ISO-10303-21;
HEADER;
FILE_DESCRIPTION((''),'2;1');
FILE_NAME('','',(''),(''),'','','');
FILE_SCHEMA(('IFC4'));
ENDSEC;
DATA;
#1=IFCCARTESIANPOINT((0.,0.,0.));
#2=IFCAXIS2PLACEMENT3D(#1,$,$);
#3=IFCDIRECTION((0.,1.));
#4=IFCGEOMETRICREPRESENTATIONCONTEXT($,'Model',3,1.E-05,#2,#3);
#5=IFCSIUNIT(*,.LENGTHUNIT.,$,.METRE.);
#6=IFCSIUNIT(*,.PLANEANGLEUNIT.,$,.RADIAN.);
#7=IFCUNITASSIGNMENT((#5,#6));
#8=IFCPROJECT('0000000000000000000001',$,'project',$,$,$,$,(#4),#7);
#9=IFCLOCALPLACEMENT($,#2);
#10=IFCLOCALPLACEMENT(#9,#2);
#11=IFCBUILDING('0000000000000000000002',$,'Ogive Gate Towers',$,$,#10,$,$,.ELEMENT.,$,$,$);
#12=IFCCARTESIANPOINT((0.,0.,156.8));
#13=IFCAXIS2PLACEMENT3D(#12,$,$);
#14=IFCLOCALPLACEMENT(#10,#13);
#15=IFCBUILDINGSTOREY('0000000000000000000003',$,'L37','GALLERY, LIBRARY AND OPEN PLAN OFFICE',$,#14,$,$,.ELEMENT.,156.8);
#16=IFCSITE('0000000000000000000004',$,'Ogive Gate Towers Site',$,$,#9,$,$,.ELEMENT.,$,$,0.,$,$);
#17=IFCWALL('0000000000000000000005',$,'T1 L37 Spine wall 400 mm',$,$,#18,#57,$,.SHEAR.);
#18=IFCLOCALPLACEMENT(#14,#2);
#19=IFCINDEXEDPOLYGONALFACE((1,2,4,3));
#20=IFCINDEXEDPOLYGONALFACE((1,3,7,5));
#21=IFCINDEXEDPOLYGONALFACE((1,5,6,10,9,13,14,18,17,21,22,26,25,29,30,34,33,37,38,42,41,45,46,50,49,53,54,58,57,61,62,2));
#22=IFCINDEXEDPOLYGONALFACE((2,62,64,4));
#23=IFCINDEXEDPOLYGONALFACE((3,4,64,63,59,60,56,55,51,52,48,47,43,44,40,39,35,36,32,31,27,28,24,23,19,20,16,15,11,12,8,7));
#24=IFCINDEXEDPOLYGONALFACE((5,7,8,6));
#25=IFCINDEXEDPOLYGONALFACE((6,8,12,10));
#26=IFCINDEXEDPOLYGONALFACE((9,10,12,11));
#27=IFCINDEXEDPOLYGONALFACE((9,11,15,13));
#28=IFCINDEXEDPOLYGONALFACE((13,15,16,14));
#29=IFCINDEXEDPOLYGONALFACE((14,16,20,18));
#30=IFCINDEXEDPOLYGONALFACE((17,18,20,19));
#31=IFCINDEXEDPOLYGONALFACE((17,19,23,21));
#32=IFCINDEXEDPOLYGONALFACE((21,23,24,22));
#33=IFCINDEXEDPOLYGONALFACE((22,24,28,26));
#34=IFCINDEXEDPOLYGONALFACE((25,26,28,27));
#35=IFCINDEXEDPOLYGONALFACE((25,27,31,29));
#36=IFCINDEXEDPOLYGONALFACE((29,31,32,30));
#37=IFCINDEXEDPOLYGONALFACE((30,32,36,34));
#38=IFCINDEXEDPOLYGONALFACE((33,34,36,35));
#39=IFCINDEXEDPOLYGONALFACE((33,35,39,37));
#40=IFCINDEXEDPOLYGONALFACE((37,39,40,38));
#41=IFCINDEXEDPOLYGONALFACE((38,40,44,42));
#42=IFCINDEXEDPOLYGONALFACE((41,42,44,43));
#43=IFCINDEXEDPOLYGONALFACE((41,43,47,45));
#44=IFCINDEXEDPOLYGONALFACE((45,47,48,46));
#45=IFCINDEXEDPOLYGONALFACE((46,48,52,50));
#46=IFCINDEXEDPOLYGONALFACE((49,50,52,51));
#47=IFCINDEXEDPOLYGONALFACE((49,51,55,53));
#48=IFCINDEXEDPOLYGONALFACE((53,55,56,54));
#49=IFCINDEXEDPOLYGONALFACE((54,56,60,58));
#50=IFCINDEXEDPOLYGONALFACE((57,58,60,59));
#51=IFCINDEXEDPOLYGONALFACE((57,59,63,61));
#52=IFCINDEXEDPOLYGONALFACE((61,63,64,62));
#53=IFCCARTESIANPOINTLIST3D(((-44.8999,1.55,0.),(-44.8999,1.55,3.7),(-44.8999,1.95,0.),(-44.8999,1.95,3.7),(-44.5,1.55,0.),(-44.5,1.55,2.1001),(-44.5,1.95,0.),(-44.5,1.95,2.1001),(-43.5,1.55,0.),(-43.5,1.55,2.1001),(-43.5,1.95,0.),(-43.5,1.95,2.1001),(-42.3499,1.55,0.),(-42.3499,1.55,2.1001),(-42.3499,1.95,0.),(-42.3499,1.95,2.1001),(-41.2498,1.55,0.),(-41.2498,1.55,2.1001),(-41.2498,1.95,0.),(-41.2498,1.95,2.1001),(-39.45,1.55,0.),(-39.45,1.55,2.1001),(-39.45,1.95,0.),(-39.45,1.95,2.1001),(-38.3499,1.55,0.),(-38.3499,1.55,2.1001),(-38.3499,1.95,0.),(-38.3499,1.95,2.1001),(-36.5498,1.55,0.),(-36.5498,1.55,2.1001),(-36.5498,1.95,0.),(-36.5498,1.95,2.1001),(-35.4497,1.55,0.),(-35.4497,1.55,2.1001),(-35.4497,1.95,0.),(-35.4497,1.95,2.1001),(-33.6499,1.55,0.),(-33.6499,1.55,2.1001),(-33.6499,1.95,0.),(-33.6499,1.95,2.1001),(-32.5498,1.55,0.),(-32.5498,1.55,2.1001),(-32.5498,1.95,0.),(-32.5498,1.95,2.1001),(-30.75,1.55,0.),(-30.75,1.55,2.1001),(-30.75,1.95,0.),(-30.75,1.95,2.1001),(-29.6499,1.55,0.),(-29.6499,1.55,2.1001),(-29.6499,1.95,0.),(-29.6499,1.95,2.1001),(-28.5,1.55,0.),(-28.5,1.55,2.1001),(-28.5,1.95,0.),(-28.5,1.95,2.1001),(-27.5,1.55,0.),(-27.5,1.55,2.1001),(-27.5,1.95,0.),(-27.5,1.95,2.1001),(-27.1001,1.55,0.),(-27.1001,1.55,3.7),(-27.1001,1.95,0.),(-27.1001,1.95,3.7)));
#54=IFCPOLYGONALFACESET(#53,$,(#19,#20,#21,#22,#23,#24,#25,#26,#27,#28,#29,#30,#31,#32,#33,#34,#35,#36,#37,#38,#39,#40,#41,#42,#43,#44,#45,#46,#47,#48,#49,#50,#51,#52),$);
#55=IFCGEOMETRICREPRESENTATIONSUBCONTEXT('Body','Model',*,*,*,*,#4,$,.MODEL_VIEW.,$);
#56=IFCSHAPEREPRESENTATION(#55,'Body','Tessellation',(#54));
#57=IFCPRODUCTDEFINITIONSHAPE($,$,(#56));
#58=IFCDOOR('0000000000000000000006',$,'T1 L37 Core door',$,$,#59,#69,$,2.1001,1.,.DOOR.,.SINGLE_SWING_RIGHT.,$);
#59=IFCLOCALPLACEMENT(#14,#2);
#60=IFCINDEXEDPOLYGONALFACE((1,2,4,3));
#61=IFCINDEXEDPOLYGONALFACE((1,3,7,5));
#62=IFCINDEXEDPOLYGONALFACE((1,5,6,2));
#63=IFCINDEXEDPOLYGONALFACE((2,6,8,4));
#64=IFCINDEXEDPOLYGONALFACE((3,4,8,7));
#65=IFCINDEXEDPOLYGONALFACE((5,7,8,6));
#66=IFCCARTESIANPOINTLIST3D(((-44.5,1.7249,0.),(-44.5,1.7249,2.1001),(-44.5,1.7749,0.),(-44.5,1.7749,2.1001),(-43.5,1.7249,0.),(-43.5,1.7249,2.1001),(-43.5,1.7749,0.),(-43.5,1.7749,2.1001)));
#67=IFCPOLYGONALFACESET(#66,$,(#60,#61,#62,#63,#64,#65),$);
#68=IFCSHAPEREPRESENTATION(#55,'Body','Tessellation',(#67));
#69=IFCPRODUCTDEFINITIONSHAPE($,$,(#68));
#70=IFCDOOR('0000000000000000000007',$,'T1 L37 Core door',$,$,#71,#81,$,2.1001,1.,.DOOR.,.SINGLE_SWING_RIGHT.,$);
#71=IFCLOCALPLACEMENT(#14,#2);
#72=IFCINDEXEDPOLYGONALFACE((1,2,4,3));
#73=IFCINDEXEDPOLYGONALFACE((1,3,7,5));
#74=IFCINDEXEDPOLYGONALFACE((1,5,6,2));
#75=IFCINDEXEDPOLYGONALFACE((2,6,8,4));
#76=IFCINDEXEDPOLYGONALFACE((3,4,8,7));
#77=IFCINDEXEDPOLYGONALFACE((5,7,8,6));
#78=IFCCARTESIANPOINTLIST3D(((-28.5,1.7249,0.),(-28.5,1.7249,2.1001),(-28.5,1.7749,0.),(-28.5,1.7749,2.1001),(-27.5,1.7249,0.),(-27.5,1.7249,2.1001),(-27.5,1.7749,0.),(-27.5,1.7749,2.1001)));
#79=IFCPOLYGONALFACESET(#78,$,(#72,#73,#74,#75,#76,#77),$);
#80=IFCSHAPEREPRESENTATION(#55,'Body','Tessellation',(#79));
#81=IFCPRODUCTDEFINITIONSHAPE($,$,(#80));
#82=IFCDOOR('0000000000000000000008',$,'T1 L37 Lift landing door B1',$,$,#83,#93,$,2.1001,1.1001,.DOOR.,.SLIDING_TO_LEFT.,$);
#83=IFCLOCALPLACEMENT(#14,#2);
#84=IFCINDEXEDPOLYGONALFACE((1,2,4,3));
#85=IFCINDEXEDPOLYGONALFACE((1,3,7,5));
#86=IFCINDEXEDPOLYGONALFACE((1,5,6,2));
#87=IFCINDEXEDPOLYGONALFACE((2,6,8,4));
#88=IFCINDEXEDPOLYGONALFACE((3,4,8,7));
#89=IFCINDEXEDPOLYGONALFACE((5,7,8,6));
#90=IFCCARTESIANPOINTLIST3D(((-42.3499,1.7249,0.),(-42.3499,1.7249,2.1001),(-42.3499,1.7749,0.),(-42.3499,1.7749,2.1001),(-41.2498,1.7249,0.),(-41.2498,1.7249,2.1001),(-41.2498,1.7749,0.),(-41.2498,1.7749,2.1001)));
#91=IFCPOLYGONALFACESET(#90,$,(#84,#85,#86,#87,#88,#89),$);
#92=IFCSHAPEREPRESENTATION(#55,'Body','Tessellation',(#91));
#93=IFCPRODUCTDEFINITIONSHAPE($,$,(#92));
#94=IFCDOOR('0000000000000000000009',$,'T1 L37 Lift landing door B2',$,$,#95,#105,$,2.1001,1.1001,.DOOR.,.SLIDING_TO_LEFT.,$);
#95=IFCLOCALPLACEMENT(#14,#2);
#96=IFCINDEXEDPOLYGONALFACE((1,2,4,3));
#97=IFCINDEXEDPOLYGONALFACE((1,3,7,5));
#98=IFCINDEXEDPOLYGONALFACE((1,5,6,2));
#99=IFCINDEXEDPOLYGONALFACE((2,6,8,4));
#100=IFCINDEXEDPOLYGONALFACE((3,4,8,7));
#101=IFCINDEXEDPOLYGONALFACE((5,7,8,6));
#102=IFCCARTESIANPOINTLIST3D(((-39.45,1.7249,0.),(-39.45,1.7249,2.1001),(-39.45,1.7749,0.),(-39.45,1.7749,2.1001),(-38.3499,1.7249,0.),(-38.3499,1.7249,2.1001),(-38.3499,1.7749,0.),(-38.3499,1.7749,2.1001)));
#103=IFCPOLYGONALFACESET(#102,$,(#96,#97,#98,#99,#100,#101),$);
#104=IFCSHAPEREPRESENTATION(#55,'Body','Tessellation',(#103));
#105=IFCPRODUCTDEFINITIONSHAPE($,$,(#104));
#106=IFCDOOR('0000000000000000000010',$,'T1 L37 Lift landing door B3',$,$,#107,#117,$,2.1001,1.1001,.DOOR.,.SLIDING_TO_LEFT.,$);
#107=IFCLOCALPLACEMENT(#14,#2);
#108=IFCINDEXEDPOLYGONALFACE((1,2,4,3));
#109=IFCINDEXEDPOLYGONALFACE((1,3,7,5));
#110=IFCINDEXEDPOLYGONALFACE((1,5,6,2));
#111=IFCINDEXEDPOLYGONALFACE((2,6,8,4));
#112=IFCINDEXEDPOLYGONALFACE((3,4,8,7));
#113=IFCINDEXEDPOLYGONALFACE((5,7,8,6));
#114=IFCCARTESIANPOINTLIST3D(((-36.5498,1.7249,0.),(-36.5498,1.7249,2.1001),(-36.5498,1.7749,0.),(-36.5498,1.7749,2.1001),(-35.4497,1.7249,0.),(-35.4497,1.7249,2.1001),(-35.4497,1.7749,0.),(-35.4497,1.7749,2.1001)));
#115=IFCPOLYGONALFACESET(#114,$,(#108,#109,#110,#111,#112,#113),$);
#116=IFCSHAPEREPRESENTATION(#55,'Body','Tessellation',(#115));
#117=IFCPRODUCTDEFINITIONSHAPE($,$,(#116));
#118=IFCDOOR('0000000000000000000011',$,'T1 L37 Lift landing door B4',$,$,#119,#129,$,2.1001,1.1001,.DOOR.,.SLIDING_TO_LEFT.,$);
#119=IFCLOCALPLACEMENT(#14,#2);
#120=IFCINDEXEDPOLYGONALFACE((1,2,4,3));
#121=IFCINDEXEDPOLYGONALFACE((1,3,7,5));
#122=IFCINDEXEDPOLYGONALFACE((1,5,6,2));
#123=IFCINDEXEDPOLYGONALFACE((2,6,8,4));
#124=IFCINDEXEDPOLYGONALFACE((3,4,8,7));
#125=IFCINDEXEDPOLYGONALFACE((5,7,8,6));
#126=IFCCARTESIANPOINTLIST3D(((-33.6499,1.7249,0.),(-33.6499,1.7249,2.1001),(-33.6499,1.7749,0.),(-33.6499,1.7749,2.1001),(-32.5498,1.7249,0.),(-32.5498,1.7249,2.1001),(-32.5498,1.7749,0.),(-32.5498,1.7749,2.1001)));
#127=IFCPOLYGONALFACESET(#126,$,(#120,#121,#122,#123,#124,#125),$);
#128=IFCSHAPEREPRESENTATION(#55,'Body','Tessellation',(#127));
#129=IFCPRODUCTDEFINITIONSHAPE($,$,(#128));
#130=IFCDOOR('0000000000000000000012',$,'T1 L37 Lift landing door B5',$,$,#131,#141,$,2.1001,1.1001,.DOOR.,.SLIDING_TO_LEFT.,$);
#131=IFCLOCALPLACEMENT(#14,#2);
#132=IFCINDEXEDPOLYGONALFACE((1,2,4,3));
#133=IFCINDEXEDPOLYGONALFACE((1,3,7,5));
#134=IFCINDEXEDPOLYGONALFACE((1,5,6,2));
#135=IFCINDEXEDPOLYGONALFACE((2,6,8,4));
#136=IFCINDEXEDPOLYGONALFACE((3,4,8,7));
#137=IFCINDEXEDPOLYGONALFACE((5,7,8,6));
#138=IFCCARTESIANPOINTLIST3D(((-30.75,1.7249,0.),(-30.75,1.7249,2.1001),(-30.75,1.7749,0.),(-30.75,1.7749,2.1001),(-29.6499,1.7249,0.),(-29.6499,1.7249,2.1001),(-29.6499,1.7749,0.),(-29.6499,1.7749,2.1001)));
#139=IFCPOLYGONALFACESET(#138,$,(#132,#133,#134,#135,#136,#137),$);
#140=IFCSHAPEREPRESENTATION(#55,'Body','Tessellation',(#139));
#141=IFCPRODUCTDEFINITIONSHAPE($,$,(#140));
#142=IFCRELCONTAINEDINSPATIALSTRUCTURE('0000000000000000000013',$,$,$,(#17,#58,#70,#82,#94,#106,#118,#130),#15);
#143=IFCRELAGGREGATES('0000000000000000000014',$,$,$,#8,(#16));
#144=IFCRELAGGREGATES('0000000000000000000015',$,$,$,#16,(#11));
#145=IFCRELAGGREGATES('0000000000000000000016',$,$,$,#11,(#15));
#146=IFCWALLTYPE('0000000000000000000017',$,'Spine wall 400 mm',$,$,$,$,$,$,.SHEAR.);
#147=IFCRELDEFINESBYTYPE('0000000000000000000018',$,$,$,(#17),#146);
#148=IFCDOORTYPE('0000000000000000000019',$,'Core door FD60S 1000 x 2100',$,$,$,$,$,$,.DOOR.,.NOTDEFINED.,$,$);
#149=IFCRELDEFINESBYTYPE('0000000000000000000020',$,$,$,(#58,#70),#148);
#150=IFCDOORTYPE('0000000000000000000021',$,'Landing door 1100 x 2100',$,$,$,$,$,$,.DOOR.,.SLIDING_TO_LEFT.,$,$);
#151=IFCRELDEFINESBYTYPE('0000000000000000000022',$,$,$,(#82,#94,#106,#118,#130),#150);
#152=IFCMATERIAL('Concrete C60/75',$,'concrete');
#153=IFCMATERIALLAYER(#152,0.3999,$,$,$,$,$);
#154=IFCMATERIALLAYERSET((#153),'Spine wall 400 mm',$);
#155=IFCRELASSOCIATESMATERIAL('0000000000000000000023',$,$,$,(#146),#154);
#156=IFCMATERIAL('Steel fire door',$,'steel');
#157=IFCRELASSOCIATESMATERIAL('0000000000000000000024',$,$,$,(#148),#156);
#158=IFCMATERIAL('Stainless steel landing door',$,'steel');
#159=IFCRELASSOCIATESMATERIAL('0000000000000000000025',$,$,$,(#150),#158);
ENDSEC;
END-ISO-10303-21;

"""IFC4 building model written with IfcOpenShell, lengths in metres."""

from ifc_helpers import new_model, si_unit, direction, frame, frame_2d, origin, place, context, subcontext, project, spatial, rectangle, extrude, material, layer, layer_set, type_object, element, fill, save


model = new_model("IFC4")

# Units and contexts
model_context = context("Model", 3, precision=1e-05, world=origin(), true_north=direction((0.0, 1.0)))
body_context = subcontext(model_context, "Body", "Model", "MODEL_VIEW")
ifc_project = project(units=[si_unit("LENGTHUNIT", "METRE"), si_unit("PLANEANGLEUNIT", "RADIAN")], contexts=[model_context])

# Site, building, storey
site_placement = place(None, origin())
site = spatial("IfcSite", under=ifc_project, at=site_placement, Name="Ogive Gate Towers Site", CompositionType="ELEMENT", RefElevation=0.0)
building_placement = place(site_placement, origin())
building = spatial("IfcBuilding", under=site, at=building_placement, Name="Ogive Gate Towers", CompositionType="ELEMENT")
storey_placement = place(building_placement, frame((0.0, 0.0, 156.8)))
storey = spatial("IfcBuildingStorey", under=building, at=storey_placement, Name="L37", Description="GALLERY, LIBRARY AND OPEN PLAN OFFICE", CompositionType="ELEMENT", Elevation=156.8)

# Wall, openings, doors
ifc_material_1 = material(Name="Concrete C60/75", Category="concrete")
ifc_layer_1 = layer(ifc_material_1, 0.3999)
ifc_layer_set_1 = layer_set([ifc_layer_1], Name="Spine wall 400 mm")
wall_type_1 = type_object("IfcWallType", Name="Spine wall 400 mm", PredefinedType="SHEAR", material=ifc_layer_set_1)
wall_1_placement = place(storey_placement, frame((-44.8999, 1.75, 0.0), z_axis=(0.0, 0.0, 1.0), x_axis=(1.0, 0.0, 0.0)))
wall_1 = element("IfcWall", 1, at=wall_1_placement, inside=storey, type_object=wall_type_1, Name="T1 L37 Spine wall 400 mm", PredefinedType="SHEAR", context=body_context, shape_type="SweptSolid", body=[
    extrude(rectangle(XDim=17.7998, YDim=0.3999, at=frame_2d((8.8999, 0.0))), origin(), (0.0, 0.0, 1.0), 3.7),
])
opening_1_placement = place(wall_1_placement, frame((0.3999, 0.0, 0.0)))
opening_1 = element("IfcOpeningElement", 2, at=opening_1_placement, cuts=wall_1, PredefinedType="OPENING", context=body_context, shape_type="SweptSolid", body=[
    extrude(rectangle(XDim=1.0, YDim=2.1001, at=frame_2d((0.5, 1.05))), frame((0.0, 0.21, 0.0), z_axis=(0.0, -1.0, 0.0), x_axis=(1.0, 0.0, 0.0)), (0.0, 0.0, 1.0), 0.4199),
])
opening_2_placement = place(wall_1_placement, frame((2.55, 0.0, 0.0)))
opening_2 = element("IfcOpeningElement", 3, at=opening_2_placement, cuts=wall_1, PredefinedType="OPENING", context=body_context, shape_type="SweptSolid", body=[
    extrude(rectangle(XDim=1.1001, YDim=2.1001, at=frame_2d((0.55, 1.05))), frame((0.0, 0.21, 0.0), z_axis=(0.0, -1.0, 0.0), x_axis=(1.0, 0.0, 0.0)), (0.0, 0.0, 1.0), 0.4199),
])
opening_3_placement = place(wall_1_placement, frame((5.45, 0.0, 0.0)))
opening_3 = element("IfcOpeningElement", 4, at=opening_3_placement, cuts=wall_1, PredefinedType="OPENING", context=body_context, shape_type="SweptSolid", body=[
    extrude(rectangle(XDim=1.1001, YDim=2.1001, at=frame_2d((0.55, 1.05))), frame((0.0, 0.21, 0.0), z_axis=(0.0, -1.0, 0.0), x_axis=(1.0, 0.0, 0.0)), (0.0, 0.0, 1.0), 0.4199),
])
opening_4_placement = place(wall_1_placement, frame((8.3501, 0.0, 0.0)))
opening_4 = element("IfcOpeningElement", 5, at=opening_4_placement, cuts=wall_1, PredefinedType="OPENING", context=body_context, shape_type="SweptSolid", body=[
    extrude(rectangle(XDim=1.1001, YDim=2.1001, at=frame_2d((0.55, 1.05))), frame((0.0, 0.21, 0.0), z_axis=(0.0, -1.0, 0.0), x_axis=(1.0, 0.0, 0.0)), (0.0, 0.0, 1.0), 0.4199),
])
opening_5_placement = place(wall_1_placement, frame((11.25, 0.0, 0.0)))
opening_5 = element("IfcOpeningElement", 6, at=opening_5_placement, cuts=wall_1, PredefinedType="OPENING", context=body_context, shape_type="SweptSolid", body=[
    extrude(rectangle(XDim=1.1001, YDim=2.1001, at=frame_2d((0.55, 1.05))), frame((0.0, 0.21, 0.0), z_axis=(0.0, -1.0, 0.0), x_axis=(1.0, 0.0, 0.0)), (0.0, 0.0, 1.0), 0.4199),
])
opening_6_placement = place(wall_1_placement, frame((14.1499, 0.0, 0.0)))
opening_6 = element("IfcOpeningElement", 7, at=opening_6_placement, cuts=wall_1, PredefinedType="OPENING", context=body_context, shape_type="SweptSolid", body=[
    extrude(rectangle(XDim=1.1001, YDim=2.1001, at=frame_2d((0.55, 1.05))), frame((0.0, 0.21, 0.0), z_axis=(0.0, -1.0, 0.0), x_axis=(1.0, 0.0, 0.0)), (0.0, 0.0, 1.0), 0.4199),
])
opening_7_placement = place(wall_1_placement, frame((16.3999, 0.0, 0.0)))
opening_7 = element("IfcOpeningElement", 8, at=opening_7_placement, cuts=wall_1, PredefinedType="OPENING", context=body_context, shape_type="SweptSolid", body=[
    extrude(rectangle(XDim=1.0, YDim=2.1001, at=frame_2d((0.5, 1.05))), frame((0.0, 0.21, 0.0), z_axis=(0.0, -1.0, 0.0), x_axis=(1.0, 0.0, 0.0)), (0.0, 0.0, 1.0), 0.4199),
])
ifc_material_2 = material(Name="Steel fire door", Category="steel")
door_type_1 = type_object("IfcDoorType", Name="Core door FD60S 1000 x 2100", OperationType="NOTDEFINED", PredefinedType="DOOR", material=ifc_material_2)
door_1_placement = place(opening_1_placement, origin())
door_1 = element("IfcDoor", 9, at=door_1_placement, inside=storey, type_object=door_type_1, Name="T1 L37 Core door", OperationType="SINGLE_SWING_RIGHT", OverallHeight=2.1001, OverallWidth=1.0, PredefinedType="DOOR", context=body_context, shape_type="SweptSolid", body=[
    extrude(rectangle(XDim=1.0, YDim=2.1001, at=frame_2d((0.5, 1.05))), frame((0.0, 0.0249, 0.0), z_axis=(0.0, -1.0, 0.0), x_axis=(1.0, 0.0, 0.0)), (0.0, 0.0, 1.0), 0.05),
])
fill(opening_1, door_1)
door_2_placement = place(opening_7_placement, origin())
door_2 = element("IfcDoor", 10, at=door_2_placement, inside=storey, type_object=door_type_1, Name="T1 L37 Core door", OperationType="SINGLE_SWING_RIGHT", OverallHeight=2.1001, OverallWidth=1.0, PredefinedType="DOOR", context=body_context, shape_type="SweptSolid", body=[
    extrude(rectangle(XDim=1.0, YDim=2.1001, at=frame_2d((0.5, 1.05))), frame((0.0, 0.0249, 0.0), z_axis=(0.0, -1.0, 0.0), x_axis=(1.0, 0.0, 0.0)), (0.0, 0.0, 1.0), 0.05),
])
fill(opening_7, door_2)
ifc_material_3 = material(Name="Stainless steel landing door", Category="steel")
door_type_2 = type_object("IfcDoorType", Name="Landing door 1100 x 2100", OperationType="SLIDING_TO_LEFT", PredefinedType="DOOR", material=ifc_material_3)
door_3_placement = place(opening_2_placement, origin())
door_3 = element("IfcDoor", 11, at=door_3_placement, inside=storey, type_object=door_type_2, Name="T1 L37 Lift landing door B1", OperationType="SLIDING_TO_LEFT", OverallHeight=2.1001, OverallWidth=1.1001, PredefinedType="DOOR", context=body_context, shape_type="SweptSolid", body=[
    extrude(rectangle(XDim=1.1001, YDim=2.1001, at=frame_2d((0.55, 1.05))), frame((0.0, 0.0249, 0.0), z_axis=(0.0, -1.0, 0.0), x_axis=(1.0, 0.0, 0.0)), (0.0, 0.0, 1.0), 0.05),
])
fill(opening_2, door_3)
door_4_placement = place(opening_3_placement, origin())
door_4 = element("IfcDoor", 12, at=door_4_placement, inside=storey, type_object=door_type_2, Name="T1 L37 Lift landing door B2", OperationType="SLIDING_TO_LEFT", OverallHeight=2.1001, OverallWidth=1.1001, PredefinedType="DOOR", context=body_context, shape_type="SweptSolid", body=[
    extrude(rectangle(XDim=1.1001, YDim=2.1001, at=frame_2d((0.55, 1.05))), frame((0.0, 0.0249, 0.0), z_axis=(0.0, -1.0, 0.0), x_axis=(1.0, 0.0, 0.0)), (0.0, 0.0, 1.0), 0.05),
])
fill(opening_3, door_4)
door_5_placement = place(opening_4_placement, origin())
door_5 = element("IfcDoor", 13, at=door_5_placement, inside=storey, type_object=door_type_2, Name="T1 L37 Lift landing door B3", OperationType="SLIDING_TO_LEFT", OverallHeight=2.1001, OverallWidth=1.1001, PredefinedType="DOOR", context=body_context, shape_type="SweptSolid", body=[
    extrude(rectangle(XDim=1.1001, YDim=2.1001, at=frame_2d((0.55, 1.05))), frame((0.0, 0.0249, 0.0), z_axis=(0.0, -1.0, 0.0), x_axis=(1.0, 0.0, 0.0)), (0.0, 0.0, 1.0), 0.05),
])
fill(opening_4, door_5)
door_6_placement = place(opening_5_placement, origin())
door_6 = element("IfcDoor", 14, at=door_6_placement, inside=storey, type_object=door_type_2, Name="T1 L37 Lift landing door B4", OperationType="SLIDING_TO_LEFT", OverallHeight=2.1001, OverallWidth=1.1001, PredefinedType="DOOR", context=body_context, shape_type="SweptSolid", body=[
    extrude(rectangle(XDim=1.1001, YDim=2.1001, at=frame_2d((0.55, 1.05))), frame((0.0, 0.0249, 0.0), z_axis=(0.0, -1.0, 0.0), x_axis=(1.0, 0.0, 0.0)), (0.0, 0.0, 1.0), 0.05),
])
fill(opening_5, door_6)
door_7_placement = place(opening_6_placement, origin())
door_7 = element("IfcDoor", 15, at=door_7_placement, inside=storey, type_object=door_type_2, Name="T1 L37 Lift landing door B5", OperationType="SLIDING_TO_LEFT", OverallHeight=2.1001, OverallWidth=1.1001, PredefinedType="DOOR", context=body_context, shape_type="SweptSolid", body=[
    extrude(rectangle(XDim=1.1001, YDim=2.1001, at=frame_2d((0.55, 1.05))), frame((0.0, 0.0249, 0.0), z_axis=(0.0, -1.0, 0.0), x_axis=(1.0, 0.0, 0.0)), (0.0, 0.0, 1.0), 0.05),
])
fill(opening_6, door_7)

save(model, "model.ifc")
